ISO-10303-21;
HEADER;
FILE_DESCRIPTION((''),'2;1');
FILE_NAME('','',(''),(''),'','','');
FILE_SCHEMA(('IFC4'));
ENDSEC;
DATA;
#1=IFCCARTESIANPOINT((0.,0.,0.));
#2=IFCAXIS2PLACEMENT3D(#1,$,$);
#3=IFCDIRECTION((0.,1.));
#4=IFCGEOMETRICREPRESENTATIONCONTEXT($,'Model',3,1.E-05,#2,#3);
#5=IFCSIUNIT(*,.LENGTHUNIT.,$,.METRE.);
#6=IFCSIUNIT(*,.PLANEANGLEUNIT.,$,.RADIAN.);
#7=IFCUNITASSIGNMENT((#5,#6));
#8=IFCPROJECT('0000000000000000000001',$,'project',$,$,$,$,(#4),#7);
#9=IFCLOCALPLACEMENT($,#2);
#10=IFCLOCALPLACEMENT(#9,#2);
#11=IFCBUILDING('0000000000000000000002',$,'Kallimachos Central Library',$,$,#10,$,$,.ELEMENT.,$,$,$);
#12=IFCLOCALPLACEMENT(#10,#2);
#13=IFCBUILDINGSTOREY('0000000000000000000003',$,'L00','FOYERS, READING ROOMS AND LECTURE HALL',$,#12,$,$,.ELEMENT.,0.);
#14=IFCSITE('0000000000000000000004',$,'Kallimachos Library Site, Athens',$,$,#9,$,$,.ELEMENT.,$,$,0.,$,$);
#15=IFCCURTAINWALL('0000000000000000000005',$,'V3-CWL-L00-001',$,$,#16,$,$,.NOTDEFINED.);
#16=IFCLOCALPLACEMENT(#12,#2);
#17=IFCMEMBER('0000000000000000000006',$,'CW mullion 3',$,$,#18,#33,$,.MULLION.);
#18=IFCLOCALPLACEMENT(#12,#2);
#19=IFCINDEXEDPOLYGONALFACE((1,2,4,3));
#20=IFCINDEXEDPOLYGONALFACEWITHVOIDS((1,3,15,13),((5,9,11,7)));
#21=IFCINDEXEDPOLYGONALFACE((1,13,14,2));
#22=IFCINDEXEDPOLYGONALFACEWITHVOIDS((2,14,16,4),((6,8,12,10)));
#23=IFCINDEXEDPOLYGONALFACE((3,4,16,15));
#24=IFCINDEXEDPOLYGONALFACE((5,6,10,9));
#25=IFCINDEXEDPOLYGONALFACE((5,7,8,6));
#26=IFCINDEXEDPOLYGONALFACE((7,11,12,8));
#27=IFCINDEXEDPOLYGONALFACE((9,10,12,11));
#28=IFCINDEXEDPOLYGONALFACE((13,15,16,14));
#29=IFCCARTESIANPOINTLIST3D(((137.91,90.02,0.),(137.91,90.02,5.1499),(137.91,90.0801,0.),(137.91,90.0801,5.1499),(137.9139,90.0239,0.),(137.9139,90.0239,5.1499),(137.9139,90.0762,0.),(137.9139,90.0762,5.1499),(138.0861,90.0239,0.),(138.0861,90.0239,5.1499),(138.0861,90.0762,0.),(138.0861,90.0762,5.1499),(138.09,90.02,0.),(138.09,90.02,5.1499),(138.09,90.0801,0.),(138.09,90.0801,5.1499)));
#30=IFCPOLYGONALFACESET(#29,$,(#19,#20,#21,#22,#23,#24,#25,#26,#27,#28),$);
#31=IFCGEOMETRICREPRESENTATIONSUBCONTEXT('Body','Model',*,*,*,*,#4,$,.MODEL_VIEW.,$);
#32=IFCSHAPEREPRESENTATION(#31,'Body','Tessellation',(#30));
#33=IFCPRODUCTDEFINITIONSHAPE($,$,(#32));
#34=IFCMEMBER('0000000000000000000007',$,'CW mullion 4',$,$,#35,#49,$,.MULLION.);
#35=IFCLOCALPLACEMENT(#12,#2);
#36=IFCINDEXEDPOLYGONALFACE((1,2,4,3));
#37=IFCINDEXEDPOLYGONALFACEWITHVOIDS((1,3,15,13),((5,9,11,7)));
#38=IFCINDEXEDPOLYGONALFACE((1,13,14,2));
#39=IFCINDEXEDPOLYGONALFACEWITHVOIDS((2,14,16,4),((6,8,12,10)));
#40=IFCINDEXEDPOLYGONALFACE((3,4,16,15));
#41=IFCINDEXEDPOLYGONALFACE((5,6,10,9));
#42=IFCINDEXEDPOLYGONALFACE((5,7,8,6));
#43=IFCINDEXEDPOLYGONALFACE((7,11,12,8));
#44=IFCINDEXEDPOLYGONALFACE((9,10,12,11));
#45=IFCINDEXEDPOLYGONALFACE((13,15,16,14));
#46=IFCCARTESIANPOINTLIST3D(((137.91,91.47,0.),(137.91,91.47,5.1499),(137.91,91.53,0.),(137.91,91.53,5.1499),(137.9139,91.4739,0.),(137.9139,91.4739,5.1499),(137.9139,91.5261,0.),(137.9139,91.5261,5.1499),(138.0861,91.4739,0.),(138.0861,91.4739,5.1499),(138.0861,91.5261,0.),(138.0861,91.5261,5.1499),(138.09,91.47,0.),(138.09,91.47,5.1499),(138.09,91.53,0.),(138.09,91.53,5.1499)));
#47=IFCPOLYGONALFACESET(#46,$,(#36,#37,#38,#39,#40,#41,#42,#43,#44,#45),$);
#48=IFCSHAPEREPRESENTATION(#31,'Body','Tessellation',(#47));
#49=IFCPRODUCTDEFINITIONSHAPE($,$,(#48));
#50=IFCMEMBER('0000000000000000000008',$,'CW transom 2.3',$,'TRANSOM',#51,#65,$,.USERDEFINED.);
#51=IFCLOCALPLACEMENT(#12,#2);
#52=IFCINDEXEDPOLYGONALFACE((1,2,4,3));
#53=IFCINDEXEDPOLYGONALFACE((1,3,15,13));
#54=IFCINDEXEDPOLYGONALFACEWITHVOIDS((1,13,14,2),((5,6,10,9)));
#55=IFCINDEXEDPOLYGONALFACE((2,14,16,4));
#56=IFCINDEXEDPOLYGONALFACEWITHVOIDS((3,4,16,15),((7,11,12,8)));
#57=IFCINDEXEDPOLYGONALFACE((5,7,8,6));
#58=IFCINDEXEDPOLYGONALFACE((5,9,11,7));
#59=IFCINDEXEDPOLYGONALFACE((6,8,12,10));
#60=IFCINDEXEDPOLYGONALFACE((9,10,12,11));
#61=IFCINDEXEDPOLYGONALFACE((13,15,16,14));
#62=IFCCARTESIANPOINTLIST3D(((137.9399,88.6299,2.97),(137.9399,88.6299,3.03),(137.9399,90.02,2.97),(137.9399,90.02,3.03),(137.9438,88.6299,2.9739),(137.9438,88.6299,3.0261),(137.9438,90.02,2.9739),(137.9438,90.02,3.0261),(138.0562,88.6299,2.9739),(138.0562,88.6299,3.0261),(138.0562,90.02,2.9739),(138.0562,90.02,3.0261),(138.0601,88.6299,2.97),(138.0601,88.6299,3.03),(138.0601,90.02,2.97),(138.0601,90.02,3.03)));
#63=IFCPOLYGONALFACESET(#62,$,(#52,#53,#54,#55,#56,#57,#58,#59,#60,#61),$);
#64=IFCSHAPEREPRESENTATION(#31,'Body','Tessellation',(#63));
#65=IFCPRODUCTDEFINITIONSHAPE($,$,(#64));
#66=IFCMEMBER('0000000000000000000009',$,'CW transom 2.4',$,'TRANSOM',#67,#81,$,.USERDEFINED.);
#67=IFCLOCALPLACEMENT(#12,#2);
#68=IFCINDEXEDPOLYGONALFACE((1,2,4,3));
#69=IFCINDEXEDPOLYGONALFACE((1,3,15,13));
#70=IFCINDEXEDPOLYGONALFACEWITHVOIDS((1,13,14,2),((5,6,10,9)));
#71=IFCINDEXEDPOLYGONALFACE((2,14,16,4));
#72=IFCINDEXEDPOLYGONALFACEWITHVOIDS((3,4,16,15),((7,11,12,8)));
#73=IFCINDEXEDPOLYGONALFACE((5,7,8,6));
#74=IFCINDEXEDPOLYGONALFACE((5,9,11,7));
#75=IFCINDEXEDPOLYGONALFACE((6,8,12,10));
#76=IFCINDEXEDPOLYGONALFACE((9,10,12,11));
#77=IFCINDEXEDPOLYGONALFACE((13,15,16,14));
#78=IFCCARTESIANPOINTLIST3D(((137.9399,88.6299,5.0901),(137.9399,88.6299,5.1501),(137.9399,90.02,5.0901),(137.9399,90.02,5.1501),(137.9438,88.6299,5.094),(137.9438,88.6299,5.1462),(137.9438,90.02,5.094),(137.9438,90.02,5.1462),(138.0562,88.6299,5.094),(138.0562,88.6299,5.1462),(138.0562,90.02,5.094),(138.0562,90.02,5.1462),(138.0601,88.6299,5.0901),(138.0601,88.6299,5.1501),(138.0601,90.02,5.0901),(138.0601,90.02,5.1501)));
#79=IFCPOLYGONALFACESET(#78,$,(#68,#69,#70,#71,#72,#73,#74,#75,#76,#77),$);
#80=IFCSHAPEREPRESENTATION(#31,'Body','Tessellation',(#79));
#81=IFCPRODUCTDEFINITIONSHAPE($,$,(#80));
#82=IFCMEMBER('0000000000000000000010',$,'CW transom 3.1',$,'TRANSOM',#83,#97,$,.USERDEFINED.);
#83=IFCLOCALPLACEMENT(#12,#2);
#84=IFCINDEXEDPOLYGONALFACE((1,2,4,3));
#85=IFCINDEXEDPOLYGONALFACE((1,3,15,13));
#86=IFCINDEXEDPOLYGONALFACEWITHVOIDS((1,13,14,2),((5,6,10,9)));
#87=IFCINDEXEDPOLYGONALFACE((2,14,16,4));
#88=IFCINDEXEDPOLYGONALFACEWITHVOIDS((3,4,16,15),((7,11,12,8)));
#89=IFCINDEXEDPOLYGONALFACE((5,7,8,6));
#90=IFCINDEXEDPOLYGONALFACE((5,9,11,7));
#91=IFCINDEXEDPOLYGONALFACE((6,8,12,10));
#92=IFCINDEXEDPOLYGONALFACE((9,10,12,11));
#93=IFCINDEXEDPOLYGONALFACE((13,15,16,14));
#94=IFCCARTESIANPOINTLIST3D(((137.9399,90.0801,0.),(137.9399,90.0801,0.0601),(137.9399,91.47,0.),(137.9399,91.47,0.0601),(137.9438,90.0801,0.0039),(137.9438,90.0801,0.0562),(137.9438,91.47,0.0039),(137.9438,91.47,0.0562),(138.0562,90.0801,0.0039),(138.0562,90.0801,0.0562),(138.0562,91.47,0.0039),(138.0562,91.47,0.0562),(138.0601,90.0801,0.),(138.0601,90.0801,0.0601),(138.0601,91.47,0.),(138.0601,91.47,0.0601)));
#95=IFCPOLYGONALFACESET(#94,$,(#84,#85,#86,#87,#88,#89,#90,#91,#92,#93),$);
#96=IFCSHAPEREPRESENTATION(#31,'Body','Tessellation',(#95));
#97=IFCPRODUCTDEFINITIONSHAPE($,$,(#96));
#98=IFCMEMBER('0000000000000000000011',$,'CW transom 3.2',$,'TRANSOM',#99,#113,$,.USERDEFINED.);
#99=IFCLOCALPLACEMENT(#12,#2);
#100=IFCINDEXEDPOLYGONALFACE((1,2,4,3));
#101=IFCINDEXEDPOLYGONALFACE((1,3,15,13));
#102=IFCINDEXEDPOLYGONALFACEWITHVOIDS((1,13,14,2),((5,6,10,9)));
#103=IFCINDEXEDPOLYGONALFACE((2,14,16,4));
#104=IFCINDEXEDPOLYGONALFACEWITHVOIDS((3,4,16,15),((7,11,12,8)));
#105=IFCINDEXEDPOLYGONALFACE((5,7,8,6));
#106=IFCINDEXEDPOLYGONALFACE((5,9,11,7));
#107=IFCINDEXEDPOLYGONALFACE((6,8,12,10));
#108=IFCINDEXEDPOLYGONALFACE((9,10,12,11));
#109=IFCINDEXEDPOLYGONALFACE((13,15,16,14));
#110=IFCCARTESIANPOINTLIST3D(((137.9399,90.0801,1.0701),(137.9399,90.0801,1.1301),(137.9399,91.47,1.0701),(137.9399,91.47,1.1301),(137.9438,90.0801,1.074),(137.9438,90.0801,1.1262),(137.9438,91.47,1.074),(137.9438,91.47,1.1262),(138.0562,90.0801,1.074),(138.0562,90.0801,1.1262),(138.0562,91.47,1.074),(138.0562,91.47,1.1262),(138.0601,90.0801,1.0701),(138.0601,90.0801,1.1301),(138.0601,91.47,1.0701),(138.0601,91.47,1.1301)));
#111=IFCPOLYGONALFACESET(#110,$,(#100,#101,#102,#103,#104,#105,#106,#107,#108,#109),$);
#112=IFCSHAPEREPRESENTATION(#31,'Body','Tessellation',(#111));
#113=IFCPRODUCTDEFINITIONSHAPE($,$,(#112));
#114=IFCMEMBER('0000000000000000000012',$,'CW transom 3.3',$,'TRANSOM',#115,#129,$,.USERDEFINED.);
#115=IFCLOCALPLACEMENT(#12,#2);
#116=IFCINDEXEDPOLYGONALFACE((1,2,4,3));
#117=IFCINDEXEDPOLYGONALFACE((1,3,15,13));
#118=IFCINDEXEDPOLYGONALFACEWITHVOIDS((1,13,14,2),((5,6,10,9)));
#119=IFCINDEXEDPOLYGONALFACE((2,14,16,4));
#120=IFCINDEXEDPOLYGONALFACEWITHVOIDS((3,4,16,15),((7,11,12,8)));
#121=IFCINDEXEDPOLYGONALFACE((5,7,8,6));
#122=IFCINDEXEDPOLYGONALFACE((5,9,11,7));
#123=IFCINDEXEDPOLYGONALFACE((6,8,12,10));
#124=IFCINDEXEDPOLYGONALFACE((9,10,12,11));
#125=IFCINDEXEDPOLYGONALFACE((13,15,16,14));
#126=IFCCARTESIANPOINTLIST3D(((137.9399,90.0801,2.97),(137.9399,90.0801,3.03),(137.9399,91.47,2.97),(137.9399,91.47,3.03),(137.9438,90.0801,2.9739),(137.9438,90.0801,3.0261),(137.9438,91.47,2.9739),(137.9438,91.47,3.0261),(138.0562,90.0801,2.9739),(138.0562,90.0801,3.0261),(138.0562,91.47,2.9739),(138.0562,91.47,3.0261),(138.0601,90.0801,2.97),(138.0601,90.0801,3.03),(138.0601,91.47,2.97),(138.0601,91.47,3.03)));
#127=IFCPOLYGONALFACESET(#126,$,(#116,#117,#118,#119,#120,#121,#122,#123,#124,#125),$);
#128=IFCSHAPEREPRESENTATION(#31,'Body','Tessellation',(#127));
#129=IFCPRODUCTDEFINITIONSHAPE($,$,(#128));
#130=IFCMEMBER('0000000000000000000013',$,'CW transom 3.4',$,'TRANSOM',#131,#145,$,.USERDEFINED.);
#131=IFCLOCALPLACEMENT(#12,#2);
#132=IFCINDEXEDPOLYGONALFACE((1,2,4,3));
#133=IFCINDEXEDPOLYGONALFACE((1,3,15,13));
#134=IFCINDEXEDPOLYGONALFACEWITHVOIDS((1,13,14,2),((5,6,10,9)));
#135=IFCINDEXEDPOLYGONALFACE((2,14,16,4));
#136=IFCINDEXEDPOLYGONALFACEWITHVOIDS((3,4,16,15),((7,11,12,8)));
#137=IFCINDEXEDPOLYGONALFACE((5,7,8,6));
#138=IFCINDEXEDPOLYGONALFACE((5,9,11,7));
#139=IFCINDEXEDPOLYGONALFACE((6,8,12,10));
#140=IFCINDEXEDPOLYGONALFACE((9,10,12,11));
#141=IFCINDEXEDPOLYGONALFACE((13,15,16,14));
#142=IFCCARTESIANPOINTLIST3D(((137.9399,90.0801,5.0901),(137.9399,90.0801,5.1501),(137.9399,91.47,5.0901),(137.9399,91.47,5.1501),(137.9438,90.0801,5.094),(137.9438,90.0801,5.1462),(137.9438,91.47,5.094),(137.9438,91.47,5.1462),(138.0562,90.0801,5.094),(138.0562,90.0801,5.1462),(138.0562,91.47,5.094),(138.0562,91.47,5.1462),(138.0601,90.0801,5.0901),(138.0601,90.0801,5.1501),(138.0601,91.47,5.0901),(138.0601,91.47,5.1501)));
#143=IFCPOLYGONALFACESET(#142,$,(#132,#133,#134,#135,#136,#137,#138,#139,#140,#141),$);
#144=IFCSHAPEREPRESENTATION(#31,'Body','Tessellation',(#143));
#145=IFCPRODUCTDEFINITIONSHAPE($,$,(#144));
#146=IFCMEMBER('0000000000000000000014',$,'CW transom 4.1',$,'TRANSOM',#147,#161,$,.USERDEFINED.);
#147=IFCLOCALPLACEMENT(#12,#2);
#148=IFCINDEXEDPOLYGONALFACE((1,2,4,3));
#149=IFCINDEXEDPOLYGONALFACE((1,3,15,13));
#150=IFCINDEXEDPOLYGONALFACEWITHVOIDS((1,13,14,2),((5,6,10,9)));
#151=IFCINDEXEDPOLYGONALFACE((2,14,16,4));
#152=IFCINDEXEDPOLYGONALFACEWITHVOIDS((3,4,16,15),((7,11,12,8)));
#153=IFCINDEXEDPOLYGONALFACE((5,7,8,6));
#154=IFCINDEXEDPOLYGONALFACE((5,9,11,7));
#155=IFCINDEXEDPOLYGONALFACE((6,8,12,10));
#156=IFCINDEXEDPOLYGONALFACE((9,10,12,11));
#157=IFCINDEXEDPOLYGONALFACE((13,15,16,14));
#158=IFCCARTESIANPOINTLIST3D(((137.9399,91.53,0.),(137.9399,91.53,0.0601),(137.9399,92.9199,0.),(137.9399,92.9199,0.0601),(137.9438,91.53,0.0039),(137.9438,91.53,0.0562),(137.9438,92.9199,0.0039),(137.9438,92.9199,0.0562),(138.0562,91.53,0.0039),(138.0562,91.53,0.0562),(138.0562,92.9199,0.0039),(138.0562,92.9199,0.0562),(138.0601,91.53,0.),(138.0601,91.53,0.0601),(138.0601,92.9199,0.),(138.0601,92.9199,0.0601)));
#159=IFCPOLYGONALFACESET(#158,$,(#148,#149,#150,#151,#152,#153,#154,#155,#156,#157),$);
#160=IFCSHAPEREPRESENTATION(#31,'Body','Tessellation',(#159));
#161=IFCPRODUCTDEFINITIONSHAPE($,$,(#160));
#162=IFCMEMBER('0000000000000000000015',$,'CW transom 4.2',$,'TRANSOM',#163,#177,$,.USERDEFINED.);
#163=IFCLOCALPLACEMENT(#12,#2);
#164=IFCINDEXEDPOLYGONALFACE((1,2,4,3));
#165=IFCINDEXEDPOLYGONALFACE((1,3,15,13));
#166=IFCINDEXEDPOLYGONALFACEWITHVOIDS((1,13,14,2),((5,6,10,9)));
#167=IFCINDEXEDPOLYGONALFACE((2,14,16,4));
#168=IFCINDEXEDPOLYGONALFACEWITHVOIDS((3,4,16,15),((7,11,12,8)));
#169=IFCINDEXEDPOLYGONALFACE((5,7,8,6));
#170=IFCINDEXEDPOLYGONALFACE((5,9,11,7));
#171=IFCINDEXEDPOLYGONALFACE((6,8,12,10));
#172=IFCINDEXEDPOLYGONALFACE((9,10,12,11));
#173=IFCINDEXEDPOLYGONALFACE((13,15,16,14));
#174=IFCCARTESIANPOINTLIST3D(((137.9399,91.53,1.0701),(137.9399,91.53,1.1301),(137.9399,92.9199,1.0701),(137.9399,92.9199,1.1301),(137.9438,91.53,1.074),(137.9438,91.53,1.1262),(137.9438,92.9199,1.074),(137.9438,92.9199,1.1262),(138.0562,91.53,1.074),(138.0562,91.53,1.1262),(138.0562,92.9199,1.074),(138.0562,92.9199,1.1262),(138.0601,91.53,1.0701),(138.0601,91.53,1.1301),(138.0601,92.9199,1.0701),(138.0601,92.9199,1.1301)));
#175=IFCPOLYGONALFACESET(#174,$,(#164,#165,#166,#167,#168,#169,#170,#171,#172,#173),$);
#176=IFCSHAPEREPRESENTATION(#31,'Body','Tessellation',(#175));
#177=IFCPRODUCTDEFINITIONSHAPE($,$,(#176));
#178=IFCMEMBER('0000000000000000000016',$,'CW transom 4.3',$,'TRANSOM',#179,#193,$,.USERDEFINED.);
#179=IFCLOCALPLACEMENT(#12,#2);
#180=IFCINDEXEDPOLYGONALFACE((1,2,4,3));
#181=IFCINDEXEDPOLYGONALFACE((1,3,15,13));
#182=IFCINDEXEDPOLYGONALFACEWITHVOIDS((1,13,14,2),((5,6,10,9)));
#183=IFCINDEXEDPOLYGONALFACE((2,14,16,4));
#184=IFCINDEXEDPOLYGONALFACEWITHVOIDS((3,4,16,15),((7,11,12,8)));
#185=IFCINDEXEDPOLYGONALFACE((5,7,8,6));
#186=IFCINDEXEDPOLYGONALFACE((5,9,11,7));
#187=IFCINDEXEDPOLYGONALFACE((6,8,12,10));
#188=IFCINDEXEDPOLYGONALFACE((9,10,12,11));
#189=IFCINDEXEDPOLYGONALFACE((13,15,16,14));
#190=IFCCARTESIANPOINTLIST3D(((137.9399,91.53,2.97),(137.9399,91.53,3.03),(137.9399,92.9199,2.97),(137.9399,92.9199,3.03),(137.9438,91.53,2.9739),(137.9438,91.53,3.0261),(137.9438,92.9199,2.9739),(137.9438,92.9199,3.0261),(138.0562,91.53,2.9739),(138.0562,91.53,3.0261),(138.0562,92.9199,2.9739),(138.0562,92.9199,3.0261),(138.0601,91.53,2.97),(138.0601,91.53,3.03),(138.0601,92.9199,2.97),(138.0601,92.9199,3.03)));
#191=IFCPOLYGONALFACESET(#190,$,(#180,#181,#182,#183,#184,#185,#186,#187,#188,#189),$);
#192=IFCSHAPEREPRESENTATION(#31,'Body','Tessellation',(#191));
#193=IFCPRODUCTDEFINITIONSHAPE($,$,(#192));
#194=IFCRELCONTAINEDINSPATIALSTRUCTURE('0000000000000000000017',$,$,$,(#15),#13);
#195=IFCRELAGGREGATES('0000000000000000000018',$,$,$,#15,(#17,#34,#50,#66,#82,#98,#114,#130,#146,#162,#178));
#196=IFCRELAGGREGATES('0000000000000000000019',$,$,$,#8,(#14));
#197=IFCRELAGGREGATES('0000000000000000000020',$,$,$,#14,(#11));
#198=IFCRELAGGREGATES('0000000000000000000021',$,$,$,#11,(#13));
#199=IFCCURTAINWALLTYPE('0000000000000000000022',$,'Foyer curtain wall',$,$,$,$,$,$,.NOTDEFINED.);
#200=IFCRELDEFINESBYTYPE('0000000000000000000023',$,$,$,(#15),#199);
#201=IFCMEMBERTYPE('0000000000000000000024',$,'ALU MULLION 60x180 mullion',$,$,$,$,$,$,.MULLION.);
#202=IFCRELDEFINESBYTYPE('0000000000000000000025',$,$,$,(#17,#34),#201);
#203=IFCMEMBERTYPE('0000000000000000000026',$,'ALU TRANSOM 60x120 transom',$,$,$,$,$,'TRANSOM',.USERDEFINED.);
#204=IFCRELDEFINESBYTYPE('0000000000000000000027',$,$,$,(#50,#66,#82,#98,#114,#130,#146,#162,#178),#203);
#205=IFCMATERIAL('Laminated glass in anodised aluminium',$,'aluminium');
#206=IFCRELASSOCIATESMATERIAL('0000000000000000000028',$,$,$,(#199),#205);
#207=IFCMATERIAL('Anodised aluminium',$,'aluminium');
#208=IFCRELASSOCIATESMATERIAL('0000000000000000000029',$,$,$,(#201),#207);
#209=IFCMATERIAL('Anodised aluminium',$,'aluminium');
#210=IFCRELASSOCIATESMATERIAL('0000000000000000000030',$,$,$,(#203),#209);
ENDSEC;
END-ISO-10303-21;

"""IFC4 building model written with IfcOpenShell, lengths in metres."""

from ifc_helpers import new_model, si_unit, direction, frame, origin, origin_2d, place, context, subcontext, project, spatial, hollow_rectangle, extrude, material, material_profile, profile_set, type_object, element, aggregate, save


model = new_model("IFC4")

# Units and contexts
model_context = context("Model", 3, precision=1e-05, world=origin(), true_north=direction((0.0, 1.0)))
body_context = subcontext(model_context, "Body", "Model", "MODEL_VIEW")
ifc_project = project(units=[si_unit("LENGTHUNIT", "METRE"), si_unit("PLANEANGLEUNIT", "RADIAN")], contexts=[model_context])

# Site, building, storey
site_placement = place(None, origin())
site = spatial("IfcSite", under=ifc_project, at=site_placement, Name="Kallimachos Library Site, Athens", CompositionType="ELEMENT", RefElevation=0.0)
building_placement = place(site_placement, origin())
building = spatial("IfcBuilding", under=site, at=building_placement, Name="Kallimachos Central Library", CompositionType="ELEMENT")
storey_placement = place(building_placement, origin())
storey = spatial("IfcBuildingStorey", under=building, at=storey_placement, Name="L00", Description="FOYERS, READING ROOMS AND LECTURE HALL", CompositionType="ELEMENT", Elevation=0.0)

# Curtain wall, members
ifc_material_1 = material(Name="Laminated glass in anodised aluminium", Category="aluminium")
curtain_wall_type = type_object("IfcCurtainWallType", Name="Foyer curtain wall", PredefinedType="NOTDEFINED", material=ifc_material_1)
curtain_wall_placement = place(storey_placement, origin())
curtain_wall = element("IfcCurtainWall", 1, at=curtain_wall_placement, inside=storey, type_object=curtain_wall_type, Name="V3-CWL-L00-001", PredefinedType="NOTDEFINED")
ifc_material_2 = material(Name="Anodised aluminium", Category="aluminium")
ifc_material_profile_1 = material_profile(ifc_material_2, hollow_rectangle(XDim=0.0601, YDim=0.1799, WallThickness=0.0039, at=origin_2d()), Name="ALU MULLION 60x180")
ifc_profile_set_1 = profile_set([ifc_material_profile_1], Name="Anodised aluminium")
member_type_1 = type_object("IfcMemberType", Name="ALU MULLION 60x180 mullion", PredefinedType="MULLION", material=ifc_profile_set_1)
member_1_placement = place(storey_placement, frame((138.0, 90.05, 0.0), z_axis=(0.0, 0.0, 1.0), x_axis=(0.0, 1.0, 0.0)))
member_1 = element("IfcMember", 2, at=member_1_placement, type_object=member_type_1, Name="CW mullion 3", PredefinedType="MULLION", context=body_context, shape_type="SweptSolid", body=[
    extrude(hollow_rectangle(XDim=0.0601, YDim=0.1799, WallThickness=0.0039, at=origin_2d()), origin(), (0.0, 0.0, 1.0), 5.1499),
])
member_2_placement = place(storey_placement, frame((138.0, 91.5, 0.0), z_axis=(0.0, 0.0, 1.0), x_axis=(0.0, 1.0, 0.0)))
member_2 = element("IfcMember", 3, at=member_2_placement, type_object=member_type_1, Name="CW mullion 4", PredefinedType="MULLION", context=body_context, shape_type="SweptSolid", body=[
    extrude(hollow_rectangle(XDim=0.0601, YDim=0.1799, WallThickness=0.0039, at=origin_2d()), origin(), (0.0, 0.0, 1.0), 5.1499),
])
ifc_material_3 = material(Name="Anodised aluminium", Category="aluminium")
ifc_material_profile_2 = material_profile(ifc_material_3, hollow_rectangle(XDim=0.0601, YDim=0.1201, WallThickness=0.0039, at=origin_2d()), Name="ALU TRANSOM 60x120")
ifc_profile_set_2 = profile_set([ifc_material_profile_2], Name="Anodised aluminium")
member_type_2 = type_object("IfcMemberType", Name="ALU TRANSOM 60x120 transom", ElementType="TRANSOM", PredefinedType="USERDEFINED", material=ifc_profile_set_2)
member_3_placement = place(storey_placement, frame((138.0, 88.6299, 3.0), z_axis=(0.0, 1.0, 0.0), x_axis=(0.0, 0.0, 1.0)))
member_3 = element("IfcMember", 4, at=member_3_placement, type_object=member_type_2, Name="CW transom 2.3", ObjectType="TRANSOM", PredefinedType="USERDEFINED", context=body_context, shape_type="SweptSolid", body=[
    extrude(hollow_rectangle(XDim=0.0601, YDim=0.1201, WallThickness=0.0039, at=origin_2d()), origin(), (0.0, 0.0, 1.0), 1.3901),
])
member_4_placement = place(storey_placement, frame((138.0, 88.6299, 5.1201), z_axis=(0.0, 1.0, 0.0), x_axis=(0.0, 0.0, 1.0)))
member_4 = element("IfcMember", 5, at=member_4_placement, type_object=member_type_2, Name="CW transom 2.4", ObjectType="TRANSOM", PredefinedType="USERDEFINED", context=body_context, shape_type="SweptSolid", body=[
    extrude(hollow_rectangle(XDim=0.0601, YDim=0.1201, WallThickness=0.0039, at=origin_2d()), origin(), (0.0, 0.0, 1.0), 1.3901),
])
member_5_placement = place(storey_placement, frame((138.0, 90.0801, 0.03), z_axis=(0.0, 1.0, 0.0), x_axis=(0.0, 0.0, 1.0)))
member_5 = element("IfcMember", 6, at=member_5_placement, type_object=member_type_2, Name="CW transom 3.1", ObjectType="TRANSOM", PredefinedType="USERDEFINED", context=body_context, shape_type="SweptSolid", body=[
    extrude(hollow_rectangle(XDim=0.0601, YDim=0.1201, WallThickness=0.0039, at=origin_2d()), origin(), (0.0, 0.0, 1.0), 1.3899),
])
member_6_placement = place(storey_placement, frame((138.0, 90.0801, 1.1001), z_axis=(0.0, 1.0, 0.0), x_axis=(0.0, 0.0, 1.0)))
member_6 = element("IfcMember", 7, at=member_6_placement, type_object=member_type_2, Name="CW transom 3.2", ObjectType="TRANSOM", PredefinedType="USERDEFINED", context=body_context, shape_type="SweptSolid", body=[
    extrude(hollow_rectangle(XDim=0.0601, YDim=0.1201, WallThickness=0.0039, at=origin_2d()), origin(), (0.0, 0.0, 1.0), 1.3899),
])
member_7_placement = place(storey_placement, frame((138.0, 90.0801, 3.0), z_axis=(0.0, 1.0, 0.0), x_axis=(0.0, 0.0, 1.0)))
member_7 = element("IfcMember", 8, at=member_7_placement, type_object=member_type_2, Name="CW transom 3.3", ObjectType="TRANSOM", PredefinedType="USERDEFINED", context=body_context, shape_type="SweptSolid", body=[
    extrude(hollow_rectangle(XDim=0.0601, YDim=0.1201, WallThickness=0.0039, at=origin_2d()), origin(), (0.0, 0.0, 1.0), 1.3899),
])
member_8_placement = place(storey_placement, frame((138.0, 90.0801, 5.1201), z_axis=(0.0, 1.0, 0.0), x_axis=(0.0, 0.0, 1.0)))
member_8 = element("IfcMember", 9, at=member_8_placement, type_object=member_type_2, Name="CW transom 3.4", ObjectType="TRANSOM", PredefinedType="USERDEFINED", context=body_context, shape_type="SweptSolid", body=[
    extrude(hollow_rectangle(XDim=0.0601, YDim=0.1201, WallThickness=0.0039, at=origin_2d()), origin(), (0.0, 0.0, 1.0), 1.3899),
])
member_9_placement = place(storey_placement, frame((138.0, 91.53, 0.03), z_axis=(0.0, 1.0, 0.0), x_axis=(0.0, 0.0, 1.0)))
member_9 = element("IfcMember", 10, at=member_9_placement, type_object=member_type_2, Name="CW transom 4.1", ObjectType="TRANSOM", PredefinedType="USERDEFINED", context=body_context, shape_type="SweptSolid", body=[
    extrude(hollow_rectangle(XDim=0.0601, YDim=0.1201, WallThickness=0.0039, at=origin_2d()), origin(), (0.0, 0.0, 1.0), 1.3899),
])
member_10_placement = place(storey_placement, frame((138.0, 91.53, 1.1001), z_axis=(0.0, 1.0, 0.0), x_axis=(0.0, 0.0, 1.0)))
member_10 = element("IfcMember", 11, at=member_10_placement, type_object=member_type_2, Name="CW transom 4.2", ObjectType="TRANSOM", PredefinedType="USERDEFINED", context=body_context, shape_type="SweptSolid", body=[
    extrude(hollow_rectangle(XDim=0.0601, YDim=0.1201, WallThickness=0.0039, at=origin_2d()), origin(), (0.0, 0.0, 1.0), 1.3899),
])
member_11_placement = place(storey_placement, frame((138.0, 91.53, 3.0), z_axis=(0.0, 1.0, 0.0), x_axis=(0.0, 0.0, 1.0)))
member_11 = element("IfcMember", 12, at=member_11_placement, type_object=member_type_2, Name="CW transom 4.3", ObjectType="TRANSOM", PredefinedType="USERDEFINED", context=body_context, shape_type="SweptSolid", body=[
    extrude(hollow_rectangle(XDim=0.0601, YDim=0.1201, WallThickness=0.0039, at=origin_2d()), origin(), (0.0, 0.0, 1.0), 1.3899),
])
aggregate(curtain_wall, [member_1, member_2, member_3, member_4, member_5, member_6, member_7, member_8, member_9, member_10, member_11])

save(model, "model.ifc")
